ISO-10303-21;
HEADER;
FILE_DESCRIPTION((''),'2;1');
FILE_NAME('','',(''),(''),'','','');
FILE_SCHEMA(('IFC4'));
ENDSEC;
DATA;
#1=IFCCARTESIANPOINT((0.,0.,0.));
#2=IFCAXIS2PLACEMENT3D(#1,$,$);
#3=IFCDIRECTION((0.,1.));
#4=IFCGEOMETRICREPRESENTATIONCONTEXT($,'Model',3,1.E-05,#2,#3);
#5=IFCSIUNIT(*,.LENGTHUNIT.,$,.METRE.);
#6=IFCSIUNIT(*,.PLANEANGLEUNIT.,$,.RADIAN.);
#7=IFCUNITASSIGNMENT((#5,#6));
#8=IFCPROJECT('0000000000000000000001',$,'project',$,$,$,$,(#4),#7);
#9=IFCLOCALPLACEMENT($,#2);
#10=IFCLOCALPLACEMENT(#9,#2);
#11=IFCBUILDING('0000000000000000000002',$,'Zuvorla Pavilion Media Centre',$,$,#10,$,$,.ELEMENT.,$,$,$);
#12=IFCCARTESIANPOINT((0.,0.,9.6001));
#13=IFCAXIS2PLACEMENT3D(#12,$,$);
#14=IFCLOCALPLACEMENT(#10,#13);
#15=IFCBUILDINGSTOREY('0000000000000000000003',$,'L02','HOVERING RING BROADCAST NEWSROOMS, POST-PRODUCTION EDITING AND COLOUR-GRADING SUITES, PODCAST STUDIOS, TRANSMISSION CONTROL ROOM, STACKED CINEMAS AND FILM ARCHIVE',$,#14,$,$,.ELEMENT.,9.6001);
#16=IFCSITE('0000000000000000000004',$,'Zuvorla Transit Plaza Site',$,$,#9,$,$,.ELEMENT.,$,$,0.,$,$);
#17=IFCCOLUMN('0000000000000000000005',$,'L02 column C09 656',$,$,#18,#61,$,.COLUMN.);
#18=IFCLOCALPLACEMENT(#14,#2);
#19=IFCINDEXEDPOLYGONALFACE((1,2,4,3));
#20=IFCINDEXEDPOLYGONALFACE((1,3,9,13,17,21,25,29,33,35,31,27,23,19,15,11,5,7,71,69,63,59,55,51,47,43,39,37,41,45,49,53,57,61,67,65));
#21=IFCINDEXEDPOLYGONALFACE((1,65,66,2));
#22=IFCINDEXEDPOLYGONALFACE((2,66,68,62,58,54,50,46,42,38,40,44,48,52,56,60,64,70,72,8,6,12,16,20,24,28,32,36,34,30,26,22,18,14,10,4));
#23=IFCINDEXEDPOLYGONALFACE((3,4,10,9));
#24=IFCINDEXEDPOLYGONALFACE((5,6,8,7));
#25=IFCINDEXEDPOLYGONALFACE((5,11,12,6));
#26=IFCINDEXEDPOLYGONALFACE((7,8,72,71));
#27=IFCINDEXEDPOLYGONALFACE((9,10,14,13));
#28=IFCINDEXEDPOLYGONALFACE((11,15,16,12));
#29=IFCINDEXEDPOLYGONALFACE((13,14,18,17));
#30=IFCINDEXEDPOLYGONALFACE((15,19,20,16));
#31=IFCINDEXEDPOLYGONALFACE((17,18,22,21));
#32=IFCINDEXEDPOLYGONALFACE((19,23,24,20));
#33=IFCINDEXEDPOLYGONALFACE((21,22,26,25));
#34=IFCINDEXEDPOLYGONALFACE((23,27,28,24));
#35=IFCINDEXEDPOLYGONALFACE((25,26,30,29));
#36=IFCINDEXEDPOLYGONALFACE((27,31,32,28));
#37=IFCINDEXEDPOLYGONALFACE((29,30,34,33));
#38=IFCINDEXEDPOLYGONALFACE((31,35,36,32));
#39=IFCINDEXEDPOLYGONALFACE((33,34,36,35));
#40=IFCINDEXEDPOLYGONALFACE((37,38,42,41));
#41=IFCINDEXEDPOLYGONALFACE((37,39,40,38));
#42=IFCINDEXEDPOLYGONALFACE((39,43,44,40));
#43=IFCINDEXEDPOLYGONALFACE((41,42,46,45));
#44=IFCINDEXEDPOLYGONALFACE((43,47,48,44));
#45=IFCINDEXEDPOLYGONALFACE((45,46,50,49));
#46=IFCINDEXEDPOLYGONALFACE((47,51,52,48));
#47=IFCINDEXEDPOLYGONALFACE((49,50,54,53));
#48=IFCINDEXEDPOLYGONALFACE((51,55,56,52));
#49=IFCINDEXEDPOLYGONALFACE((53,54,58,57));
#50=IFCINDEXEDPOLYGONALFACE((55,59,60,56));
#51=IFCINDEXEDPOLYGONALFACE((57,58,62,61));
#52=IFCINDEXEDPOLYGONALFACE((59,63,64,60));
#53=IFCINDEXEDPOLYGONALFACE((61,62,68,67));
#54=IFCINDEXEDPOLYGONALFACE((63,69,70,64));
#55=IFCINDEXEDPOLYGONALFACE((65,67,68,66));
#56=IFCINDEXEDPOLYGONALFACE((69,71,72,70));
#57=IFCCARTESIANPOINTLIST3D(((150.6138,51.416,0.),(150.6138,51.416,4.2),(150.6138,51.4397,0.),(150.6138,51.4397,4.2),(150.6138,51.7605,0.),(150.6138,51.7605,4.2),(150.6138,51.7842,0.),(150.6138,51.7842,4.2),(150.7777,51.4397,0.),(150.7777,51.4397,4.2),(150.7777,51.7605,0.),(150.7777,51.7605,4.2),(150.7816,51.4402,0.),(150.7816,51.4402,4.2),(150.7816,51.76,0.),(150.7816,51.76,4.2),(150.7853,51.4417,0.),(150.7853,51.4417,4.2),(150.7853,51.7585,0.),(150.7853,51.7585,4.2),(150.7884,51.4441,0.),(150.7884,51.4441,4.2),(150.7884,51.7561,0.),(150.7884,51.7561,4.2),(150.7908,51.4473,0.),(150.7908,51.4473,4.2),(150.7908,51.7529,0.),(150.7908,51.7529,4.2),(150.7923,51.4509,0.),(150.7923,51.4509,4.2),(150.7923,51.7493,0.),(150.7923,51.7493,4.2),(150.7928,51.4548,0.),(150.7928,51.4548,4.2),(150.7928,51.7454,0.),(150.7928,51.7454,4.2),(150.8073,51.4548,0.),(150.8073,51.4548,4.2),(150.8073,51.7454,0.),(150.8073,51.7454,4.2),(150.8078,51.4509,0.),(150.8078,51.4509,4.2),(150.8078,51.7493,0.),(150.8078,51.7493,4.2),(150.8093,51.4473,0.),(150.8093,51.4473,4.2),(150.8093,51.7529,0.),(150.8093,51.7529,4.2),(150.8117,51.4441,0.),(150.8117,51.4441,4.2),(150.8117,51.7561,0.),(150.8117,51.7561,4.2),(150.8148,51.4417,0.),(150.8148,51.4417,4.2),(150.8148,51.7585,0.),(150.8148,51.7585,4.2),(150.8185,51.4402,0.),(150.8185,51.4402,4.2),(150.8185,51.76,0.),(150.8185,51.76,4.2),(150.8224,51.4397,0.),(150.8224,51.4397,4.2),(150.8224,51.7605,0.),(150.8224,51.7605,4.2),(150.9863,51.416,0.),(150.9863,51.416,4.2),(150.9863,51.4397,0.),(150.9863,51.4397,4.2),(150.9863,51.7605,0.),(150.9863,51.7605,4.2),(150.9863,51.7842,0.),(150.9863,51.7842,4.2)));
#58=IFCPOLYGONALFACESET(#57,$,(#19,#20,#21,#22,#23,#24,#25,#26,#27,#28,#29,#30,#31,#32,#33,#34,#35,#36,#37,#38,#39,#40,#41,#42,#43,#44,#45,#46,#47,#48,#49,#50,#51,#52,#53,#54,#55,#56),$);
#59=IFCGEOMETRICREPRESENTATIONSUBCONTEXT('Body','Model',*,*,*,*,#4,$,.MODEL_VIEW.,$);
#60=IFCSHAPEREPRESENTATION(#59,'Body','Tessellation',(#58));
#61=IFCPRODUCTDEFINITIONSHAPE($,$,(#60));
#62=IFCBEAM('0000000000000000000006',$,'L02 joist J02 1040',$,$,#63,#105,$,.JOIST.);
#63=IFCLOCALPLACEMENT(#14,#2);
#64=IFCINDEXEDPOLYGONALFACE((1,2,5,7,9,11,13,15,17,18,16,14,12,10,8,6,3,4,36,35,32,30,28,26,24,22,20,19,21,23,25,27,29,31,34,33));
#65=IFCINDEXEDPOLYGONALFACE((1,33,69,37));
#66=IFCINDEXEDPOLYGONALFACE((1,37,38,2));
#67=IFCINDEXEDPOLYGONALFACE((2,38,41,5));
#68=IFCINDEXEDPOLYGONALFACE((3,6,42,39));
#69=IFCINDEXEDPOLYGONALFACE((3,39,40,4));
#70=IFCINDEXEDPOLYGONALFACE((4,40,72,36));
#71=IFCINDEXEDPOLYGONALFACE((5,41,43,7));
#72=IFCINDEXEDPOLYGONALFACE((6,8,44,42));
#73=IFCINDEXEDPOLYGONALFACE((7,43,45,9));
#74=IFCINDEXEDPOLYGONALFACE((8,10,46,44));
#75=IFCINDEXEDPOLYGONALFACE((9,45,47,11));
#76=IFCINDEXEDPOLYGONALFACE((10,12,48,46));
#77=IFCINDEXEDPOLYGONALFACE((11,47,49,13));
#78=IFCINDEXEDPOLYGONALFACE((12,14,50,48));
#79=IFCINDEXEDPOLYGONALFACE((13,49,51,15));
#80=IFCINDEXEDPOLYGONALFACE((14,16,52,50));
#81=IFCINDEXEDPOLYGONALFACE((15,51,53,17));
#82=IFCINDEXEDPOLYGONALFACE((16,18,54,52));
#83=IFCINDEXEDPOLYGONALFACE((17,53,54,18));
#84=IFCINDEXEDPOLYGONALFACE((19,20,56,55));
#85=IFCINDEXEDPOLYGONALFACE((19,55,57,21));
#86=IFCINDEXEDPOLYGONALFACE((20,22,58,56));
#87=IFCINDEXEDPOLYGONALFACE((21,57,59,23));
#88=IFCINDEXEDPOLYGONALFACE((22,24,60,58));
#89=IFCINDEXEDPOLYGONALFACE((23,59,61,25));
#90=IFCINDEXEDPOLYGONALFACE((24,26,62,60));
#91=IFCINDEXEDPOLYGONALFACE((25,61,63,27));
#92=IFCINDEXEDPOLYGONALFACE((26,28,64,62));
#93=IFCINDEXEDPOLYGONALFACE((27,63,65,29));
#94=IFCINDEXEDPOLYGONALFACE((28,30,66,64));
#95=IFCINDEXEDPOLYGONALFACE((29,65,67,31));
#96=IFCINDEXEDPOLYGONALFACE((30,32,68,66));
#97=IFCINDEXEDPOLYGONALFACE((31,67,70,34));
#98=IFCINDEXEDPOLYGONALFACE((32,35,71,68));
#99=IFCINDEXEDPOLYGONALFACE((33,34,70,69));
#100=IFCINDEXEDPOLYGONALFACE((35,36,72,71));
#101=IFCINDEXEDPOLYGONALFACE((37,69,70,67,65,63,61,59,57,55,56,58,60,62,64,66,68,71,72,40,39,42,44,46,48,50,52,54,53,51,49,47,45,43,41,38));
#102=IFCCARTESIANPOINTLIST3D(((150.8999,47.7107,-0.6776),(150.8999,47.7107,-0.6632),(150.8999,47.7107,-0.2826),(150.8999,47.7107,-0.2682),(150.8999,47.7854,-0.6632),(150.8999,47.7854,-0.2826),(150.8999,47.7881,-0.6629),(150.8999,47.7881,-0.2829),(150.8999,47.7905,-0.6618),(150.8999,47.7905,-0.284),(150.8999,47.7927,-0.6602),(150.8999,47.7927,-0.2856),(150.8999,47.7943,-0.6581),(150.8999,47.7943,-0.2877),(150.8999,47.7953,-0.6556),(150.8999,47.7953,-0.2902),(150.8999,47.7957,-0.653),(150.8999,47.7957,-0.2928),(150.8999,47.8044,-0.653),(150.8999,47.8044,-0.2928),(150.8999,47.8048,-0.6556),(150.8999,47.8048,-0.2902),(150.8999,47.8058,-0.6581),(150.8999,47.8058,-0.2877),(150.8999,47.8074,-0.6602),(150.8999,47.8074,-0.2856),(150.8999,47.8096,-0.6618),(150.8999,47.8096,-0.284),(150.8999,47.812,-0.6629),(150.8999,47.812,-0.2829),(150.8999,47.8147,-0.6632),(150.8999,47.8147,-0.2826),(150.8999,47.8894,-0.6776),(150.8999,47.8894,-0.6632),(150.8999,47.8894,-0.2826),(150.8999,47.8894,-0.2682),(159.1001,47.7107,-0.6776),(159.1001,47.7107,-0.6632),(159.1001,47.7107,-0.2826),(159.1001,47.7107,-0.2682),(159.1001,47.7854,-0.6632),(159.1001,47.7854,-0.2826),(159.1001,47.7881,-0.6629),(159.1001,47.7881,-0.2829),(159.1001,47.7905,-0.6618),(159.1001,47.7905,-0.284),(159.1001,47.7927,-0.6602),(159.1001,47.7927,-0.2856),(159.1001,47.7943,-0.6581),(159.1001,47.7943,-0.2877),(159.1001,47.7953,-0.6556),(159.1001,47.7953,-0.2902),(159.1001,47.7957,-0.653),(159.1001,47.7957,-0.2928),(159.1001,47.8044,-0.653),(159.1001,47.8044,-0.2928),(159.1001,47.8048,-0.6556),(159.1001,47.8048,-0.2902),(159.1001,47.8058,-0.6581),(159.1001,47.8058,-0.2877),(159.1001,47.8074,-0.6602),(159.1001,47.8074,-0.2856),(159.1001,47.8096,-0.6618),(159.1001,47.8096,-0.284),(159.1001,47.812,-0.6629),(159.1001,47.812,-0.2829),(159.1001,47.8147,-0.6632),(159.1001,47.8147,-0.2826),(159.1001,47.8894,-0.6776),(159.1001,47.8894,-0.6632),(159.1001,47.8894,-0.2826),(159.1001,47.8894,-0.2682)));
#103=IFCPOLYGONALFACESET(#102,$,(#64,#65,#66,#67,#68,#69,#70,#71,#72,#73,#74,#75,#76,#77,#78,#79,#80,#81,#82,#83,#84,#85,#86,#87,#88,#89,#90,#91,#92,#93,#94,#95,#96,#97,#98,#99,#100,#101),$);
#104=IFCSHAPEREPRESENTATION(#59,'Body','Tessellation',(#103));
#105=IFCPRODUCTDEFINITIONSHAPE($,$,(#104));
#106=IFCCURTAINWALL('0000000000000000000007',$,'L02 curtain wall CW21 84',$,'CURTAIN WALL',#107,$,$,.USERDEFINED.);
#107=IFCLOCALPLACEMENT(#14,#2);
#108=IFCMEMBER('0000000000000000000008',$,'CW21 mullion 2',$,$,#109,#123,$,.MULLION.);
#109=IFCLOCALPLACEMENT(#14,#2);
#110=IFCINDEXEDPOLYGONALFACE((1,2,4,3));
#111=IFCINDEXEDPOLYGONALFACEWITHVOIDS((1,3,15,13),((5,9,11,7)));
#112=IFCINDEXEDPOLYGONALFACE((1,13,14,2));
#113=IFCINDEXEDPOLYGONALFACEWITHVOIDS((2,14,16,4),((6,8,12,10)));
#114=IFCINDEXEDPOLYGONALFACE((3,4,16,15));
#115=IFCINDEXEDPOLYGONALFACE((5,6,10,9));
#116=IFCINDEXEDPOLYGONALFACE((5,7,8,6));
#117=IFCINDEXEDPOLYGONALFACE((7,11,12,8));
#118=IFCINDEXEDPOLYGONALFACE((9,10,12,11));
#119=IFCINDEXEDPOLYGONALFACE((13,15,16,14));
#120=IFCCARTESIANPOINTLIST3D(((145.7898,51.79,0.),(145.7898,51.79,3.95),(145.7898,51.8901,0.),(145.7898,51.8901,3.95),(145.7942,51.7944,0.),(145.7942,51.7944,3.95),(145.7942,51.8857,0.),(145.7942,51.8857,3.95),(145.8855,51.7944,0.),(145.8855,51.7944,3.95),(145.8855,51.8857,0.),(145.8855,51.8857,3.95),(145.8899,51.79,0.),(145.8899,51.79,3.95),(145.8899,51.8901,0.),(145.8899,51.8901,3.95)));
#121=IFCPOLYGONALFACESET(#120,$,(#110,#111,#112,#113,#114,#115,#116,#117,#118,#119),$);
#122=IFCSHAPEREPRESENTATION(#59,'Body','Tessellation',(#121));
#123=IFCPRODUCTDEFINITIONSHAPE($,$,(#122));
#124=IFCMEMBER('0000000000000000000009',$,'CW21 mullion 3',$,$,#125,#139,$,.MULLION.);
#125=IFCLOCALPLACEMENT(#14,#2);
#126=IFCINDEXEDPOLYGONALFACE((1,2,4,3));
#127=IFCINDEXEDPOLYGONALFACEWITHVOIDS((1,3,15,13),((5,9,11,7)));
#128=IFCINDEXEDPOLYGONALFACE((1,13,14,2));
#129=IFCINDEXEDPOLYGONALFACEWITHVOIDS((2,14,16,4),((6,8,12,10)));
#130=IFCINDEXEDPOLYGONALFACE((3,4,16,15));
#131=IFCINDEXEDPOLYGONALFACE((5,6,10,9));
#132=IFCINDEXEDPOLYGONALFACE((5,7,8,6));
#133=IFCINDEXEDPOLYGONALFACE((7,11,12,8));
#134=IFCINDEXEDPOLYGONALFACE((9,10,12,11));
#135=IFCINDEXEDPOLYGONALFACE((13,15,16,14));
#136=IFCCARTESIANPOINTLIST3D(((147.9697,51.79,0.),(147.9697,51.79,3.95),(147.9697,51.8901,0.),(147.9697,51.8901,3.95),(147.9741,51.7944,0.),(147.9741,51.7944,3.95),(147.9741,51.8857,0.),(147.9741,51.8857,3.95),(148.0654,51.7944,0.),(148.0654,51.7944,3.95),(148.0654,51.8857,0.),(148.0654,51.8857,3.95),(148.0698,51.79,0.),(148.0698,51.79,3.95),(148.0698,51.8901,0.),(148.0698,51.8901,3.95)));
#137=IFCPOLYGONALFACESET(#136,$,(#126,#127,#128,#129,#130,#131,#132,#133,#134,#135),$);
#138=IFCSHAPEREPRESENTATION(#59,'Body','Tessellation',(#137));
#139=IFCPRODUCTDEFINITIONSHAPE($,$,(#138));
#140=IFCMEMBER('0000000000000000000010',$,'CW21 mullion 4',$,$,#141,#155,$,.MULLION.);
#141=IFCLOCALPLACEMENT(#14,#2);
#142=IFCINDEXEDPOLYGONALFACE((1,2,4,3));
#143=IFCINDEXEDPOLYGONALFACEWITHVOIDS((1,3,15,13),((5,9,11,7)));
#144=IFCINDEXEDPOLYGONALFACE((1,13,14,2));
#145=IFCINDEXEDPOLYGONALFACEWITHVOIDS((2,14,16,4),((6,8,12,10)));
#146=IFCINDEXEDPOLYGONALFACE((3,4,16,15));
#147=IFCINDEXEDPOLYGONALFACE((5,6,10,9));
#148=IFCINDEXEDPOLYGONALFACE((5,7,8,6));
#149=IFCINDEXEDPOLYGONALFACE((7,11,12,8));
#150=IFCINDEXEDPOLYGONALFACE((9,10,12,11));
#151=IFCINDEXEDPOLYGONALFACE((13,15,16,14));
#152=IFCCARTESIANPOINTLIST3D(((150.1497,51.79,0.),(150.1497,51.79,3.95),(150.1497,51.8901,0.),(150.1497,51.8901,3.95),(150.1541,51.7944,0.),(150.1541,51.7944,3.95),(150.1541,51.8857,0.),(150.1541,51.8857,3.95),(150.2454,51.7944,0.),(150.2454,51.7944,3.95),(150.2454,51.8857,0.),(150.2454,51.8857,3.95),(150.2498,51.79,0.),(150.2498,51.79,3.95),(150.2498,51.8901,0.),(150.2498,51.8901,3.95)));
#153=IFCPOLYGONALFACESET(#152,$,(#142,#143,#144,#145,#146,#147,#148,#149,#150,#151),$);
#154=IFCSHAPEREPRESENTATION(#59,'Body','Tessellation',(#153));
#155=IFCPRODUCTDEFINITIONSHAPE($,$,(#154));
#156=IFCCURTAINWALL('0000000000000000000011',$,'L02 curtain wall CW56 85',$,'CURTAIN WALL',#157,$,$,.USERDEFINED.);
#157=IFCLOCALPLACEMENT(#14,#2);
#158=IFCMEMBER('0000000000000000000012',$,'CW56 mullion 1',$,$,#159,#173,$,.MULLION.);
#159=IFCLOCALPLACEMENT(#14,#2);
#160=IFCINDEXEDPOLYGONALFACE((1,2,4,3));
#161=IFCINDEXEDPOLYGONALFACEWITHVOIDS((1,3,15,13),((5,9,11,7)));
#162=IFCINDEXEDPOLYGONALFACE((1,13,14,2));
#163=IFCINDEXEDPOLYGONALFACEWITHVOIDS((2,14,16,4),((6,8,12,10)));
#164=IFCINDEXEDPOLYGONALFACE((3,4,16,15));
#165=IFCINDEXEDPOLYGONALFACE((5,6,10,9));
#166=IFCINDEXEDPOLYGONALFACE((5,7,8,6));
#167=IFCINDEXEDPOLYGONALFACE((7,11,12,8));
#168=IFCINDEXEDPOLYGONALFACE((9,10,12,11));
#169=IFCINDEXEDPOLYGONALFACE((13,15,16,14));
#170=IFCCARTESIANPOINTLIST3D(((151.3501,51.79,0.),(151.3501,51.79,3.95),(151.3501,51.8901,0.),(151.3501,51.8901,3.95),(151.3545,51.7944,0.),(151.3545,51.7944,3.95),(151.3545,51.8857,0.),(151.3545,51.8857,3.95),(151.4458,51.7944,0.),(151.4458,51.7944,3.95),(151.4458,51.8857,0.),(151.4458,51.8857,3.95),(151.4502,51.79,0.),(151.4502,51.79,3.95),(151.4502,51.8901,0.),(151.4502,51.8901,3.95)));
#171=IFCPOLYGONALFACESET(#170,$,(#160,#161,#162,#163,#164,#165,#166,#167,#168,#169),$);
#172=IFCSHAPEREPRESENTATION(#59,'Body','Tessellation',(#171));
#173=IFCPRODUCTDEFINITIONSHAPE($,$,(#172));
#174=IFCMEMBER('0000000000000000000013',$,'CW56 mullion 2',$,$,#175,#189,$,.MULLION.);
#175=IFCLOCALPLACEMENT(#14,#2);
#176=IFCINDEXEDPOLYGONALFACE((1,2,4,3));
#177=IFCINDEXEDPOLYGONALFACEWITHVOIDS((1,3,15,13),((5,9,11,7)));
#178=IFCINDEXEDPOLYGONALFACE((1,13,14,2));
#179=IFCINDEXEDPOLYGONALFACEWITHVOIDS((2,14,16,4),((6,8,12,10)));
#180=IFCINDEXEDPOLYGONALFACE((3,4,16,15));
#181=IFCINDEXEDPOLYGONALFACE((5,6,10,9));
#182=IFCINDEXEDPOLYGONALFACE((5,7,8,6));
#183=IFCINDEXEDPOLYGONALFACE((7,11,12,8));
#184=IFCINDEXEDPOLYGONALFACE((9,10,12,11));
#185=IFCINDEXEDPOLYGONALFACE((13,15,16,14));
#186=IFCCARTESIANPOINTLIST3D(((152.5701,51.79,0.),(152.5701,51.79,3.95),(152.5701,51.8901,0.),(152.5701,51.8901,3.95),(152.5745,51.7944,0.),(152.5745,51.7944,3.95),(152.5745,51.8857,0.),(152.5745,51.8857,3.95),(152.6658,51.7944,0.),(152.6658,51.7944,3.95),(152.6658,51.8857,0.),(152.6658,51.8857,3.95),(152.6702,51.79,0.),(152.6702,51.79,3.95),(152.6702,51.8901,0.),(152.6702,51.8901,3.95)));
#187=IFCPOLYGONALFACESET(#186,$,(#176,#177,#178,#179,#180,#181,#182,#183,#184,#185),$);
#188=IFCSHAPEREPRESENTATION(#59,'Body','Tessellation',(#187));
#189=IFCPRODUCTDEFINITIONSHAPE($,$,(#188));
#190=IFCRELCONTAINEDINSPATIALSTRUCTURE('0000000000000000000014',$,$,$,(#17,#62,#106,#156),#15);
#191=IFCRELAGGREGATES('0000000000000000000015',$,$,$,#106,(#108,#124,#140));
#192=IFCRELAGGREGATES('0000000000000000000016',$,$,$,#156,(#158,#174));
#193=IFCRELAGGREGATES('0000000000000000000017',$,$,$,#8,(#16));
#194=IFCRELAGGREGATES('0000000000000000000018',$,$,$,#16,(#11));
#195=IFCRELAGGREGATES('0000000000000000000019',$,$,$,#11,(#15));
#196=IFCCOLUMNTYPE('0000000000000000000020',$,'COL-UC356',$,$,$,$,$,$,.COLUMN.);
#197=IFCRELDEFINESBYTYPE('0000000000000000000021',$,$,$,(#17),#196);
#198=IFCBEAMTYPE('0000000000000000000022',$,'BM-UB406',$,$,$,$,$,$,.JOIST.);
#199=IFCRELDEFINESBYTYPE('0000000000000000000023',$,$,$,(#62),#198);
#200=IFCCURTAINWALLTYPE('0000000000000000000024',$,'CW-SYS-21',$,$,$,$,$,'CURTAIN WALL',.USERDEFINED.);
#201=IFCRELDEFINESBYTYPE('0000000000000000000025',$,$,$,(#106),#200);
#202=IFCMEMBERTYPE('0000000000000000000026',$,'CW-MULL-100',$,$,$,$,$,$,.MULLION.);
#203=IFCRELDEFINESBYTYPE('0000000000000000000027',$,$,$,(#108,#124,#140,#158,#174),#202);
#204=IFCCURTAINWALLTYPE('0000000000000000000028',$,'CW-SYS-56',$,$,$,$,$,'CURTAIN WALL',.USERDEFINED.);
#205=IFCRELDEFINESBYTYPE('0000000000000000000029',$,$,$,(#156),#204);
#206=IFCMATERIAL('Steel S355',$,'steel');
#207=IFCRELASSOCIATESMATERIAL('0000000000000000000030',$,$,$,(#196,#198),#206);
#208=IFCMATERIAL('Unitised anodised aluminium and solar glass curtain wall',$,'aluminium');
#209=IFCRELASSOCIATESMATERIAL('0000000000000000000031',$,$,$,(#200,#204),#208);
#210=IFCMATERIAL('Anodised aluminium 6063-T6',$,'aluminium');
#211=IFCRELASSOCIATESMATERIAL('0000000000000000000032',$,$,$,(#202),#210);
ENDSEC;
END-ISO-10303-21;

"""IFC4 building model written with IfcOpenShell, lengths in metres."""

from ifc_helpers import new_model, si_unit, direction, frame, origin, origin_2d, place, context, subcontext, project, spatial, hollow_rectangle, i_section, extrude, material, material_profile, profile_set, type_object, element, aggregate, save


model = new_model("IFC4")

# Units and contexts
model_context = context("Model", 3, precision=1e-05, world=origin(), true_north=direction((0.0, 1.0)))
body_context = subcontext(model_context, "Body", "Model", "MODEL_VIEW")
ifc_project = project(units=[si_unit("LENGTHUNIT", "METRE"), si_unit("PLANEANGLEUNIT", "RADIAN")], contexts=[model_context])

# Site, building, storey
site_placement = place(None, origin())
site = spatial("IfcSite", under=ifc_project, at=site_placement, Name="Zuvorla Transit Plaza Site", CompositionType="ELEMENT", RefElevation=0.0)
building_placement = place(site_placement, origin())
building = spatial("IfcBuilding", under=site, at=building_placement, Name="Zuvorla Pavilion Media Centre", CompositionType="ELEMENT")
storey_placement = place(building_placement, frame((0.0, 0.0, 9.6001)))
storey = spatial("IfcBuildingStorey", under=building, at=storey_placement, Name="L02", Description="HOVERING RING BROADCAST NEWSROOMS, POST-PRODUCTION EDITING AND COLOUR-GRADING SUITES, PODCAST STUDIOS, TRANSMISSION CONTROL ROOM, STACKED CINEMAS AND FILM ARCHIVE", CompositionType="ELEMENT", Elevation=9.6001)

# Column
ifc_material_1 = material(Name="Steel S355", Category="steel")
ifc_material_profile_1 = material_profile(ifc_material_1, i_section(OverallWidth=0.3726, OverallDepth=0.3682, WebThickness=0.0144, FlangeThickness=0.0237, FilletRadius=0.0151, at=origin_2d()), Name="UC 356x368x177")
ifc_profile_set_1 = profile_set([ifc_material_profile_1], Name="Steel S355")
column_type = type_object("IfcColumnType", Name="COL-UC356", PredefinedType="COLUMN", material=ifc_profile_set_1)
column_placement = place(storey_placement, frame((150.8, 51.6001, 0.0), z_axis=(0.0, 0.0, 1.0), x_axis=(1.0, 0.0, 0.0)))
element("IfcColumn", 1, at=column_placement, inside=storey, type_object=column_type, Name="L02 column C09 656", PredefinedType="COLUMN", context=body_context, shape_type="SweptSolid", body=[
    extrude(i_section(OverallWidth=0.3726, OverallDepth=0.3682, WebThickness=0.0144, FlangeThickness=0.0237, FilletRadius=0.0151, at=origin_2d()), origin(), (0.0, 0.0, 1.0), 4.2),
])

# Beam
ifc_material_profile_2 = material_profile(ifc_material_1, i_section(OverallWidth=0.1787, OverallDepth=0.4094, WebThickness=0.0088, FlangeThickness=0.0144, FilletRadius=0.0103, at=origin_2d()), Name="UB 406x178x67")
ifc_profile_set_2 = profile_set([ifc_material_profile_2], Name="Steel S355")
beam_type = type_object("IfcBeamType", Name="BM-UB406", PredefinedType="JOIST", material=ifc_profile_set_2)
beam_placement = place(storey_placement, frame((150.8999, 47.8, -0.4729), z_axis=(1.0, 0.0, 0.0), x_axis=(0.0, 1.0, 0.0)))
element("IfcBeam", 2, at=beam_placement, inside=storey, type_object=beam_type, Name="L02 joist J02 1040", PredefinedType="JOIST", context=body_context, shape_type="SweptSolid", body=[
    extrude(i_section(OverallWidth=0.1787, OverallDepth=0.4094, WebThickness=0.0088, FlangeThickness=0.0144, FilletRadius=0.0103, at=origin_2d()), origin(), (0.0, 0.0, 1.0), 8.2002),
])

# Curtain walls, members
ifc_material_2 = material(Name="Unitised anodised aluminium and solar glass curtain wall", Category="aluminium")
curtain_wall_type_1 = type_object("IfcCurtainWallType", Name="CW-SYS-21", ElementType="CURTAIN WALL", PredefinedType="USERDEFINED", material=ifc_material_2)
curtain_wall_1_placement = place(storey_placement, origin())
curtain_wall_1 = element("IfcCurtainWall", 3, at=curtain_wall_1_placement, inside=storey, type_object=curtain_wall_type_1, Name="L02 curtain wall CW21 84", ObjectType="CURTAIN WALL", PredefinedType="USERDEFINED")
ifc_material_3 = material(Name="Anodised aluminium 6063-T6", Category="aluminium")
ifc_material_profile_3 = material_profile(ifc_material_3, hollow_rectangle(XDim=0.1001, YDim=0.1001, WallThickness=0.0044, at=origin_2d()), Name="ALU MULL 100x100")
ifc_profile_set_3 = profile_set([ifc_material_profile_3], Name="Anodised aluminium 6063-T6")
member_type_1 = type_object("IfcMemberType", Name="CW-MULL-100", PredefinedType="MULLION", material=ifc_profile_set_3)
member_1_placement = place(storey_placement, frame((145.8398, 51.8401, 0.0), z_axis=(0.0, 0.0, 1.0), x_axis=(1.0, 0.0, 0.0)))
member_1 = element("IfcMember", 4, at=member_1_placement, type_object=member_type_1, Name="CW21 mullion 2", PredefinedType="MULLION", context=body_context, shape_type="SweptSolid", body=[
    extrude(hollow_rectangle(XDim=0.1001, YDim=0.1001, WallThickness=0.0044, at=origin_2d()), origin(), (0.0, 0.0, 1.0), 3.95),
])
member_2_placement = place(storey_placement, frame((148.0198, 51.8401, 0.0), z_axis=(0.0, 0.0, 1.0), x_axis=(1.0, 0.0, 0.0)))
member_2 = element("IfcMember", 5, at=member_2_placement, type_object=member_type_1, Name="CW21 mullion 3", PredefinedType="MULLION", context=body_context, shape_type="SweptSolid", body=[
    extrude(hollow_rectangle(XDim=0.1001, YDim=0.1001, WallThickness=0.0044, at=origin_2d()), origin(), (0.0, 0.0, 1.0), 3.95),
])
member_3_placement = place(storey_placement, frame((150.1997, 51.8401, 0.0), z_axis=(0.0, 0.0, 1.0), x_axis=(1.0, 0.0, 0.0)))
member_3 = element("IfcMember", 6, at=member_3_placement, type_object=member_type_1, Name="CW21 mullion 4", PredefinedType="MULLION", context=body_context, shape_type="SweptSolid", body=[
    extrude(hollow_rectangle(XDim=0.1001, YDim=0.1001, WallThickness=0.0044, at=origin_2d()), origin(), (0.0, 0.0, 1.0), 3.95),
])
curtain_wall_type_2 = type_object("IfcCurtainWallType", Name="CW-SYS-56", ElementType="CURTAIN WALL", PredefinedType="USERDEFINED", material=ifc_material_2)
curtain_wall_2_placement = place(storey_placement, origin())
curtain_wall_2 = element("IfcCurtainWall", 7, at=curtain_wall_2_placement, inside=storey, type_object=curtain_wall_type_2, Name="L02 curtain wall CW56 85", ObjectType="CURTAIN WALL", PredefinedType="USERDEFINED")
member_4_placement = place(storey_placement, frame((151.4001, 51.8401, 0.0), z_axis=(0.0, 0.0, 1.0), x_axis=(1.0, 0.0, 0.0)))
member_4 = element("IfcMember", 8, at=member_4_placement, type_object=member_type_1, Name="CW56 mullion 1", PredefinedType="MULLION", context=body_context, shape_type="SweptSolid", body=[
    extrude(hollow_rectangle(XDim=0.1001, YDim=0.1001, WallThickness=0.0044, at=origin_2d()), origin(), (0.0, 0.0, 1.0), 3.95),
])
member_5_placement = place(storey_placement, frame((152.6201, 51.8401, 0.0), z_axis=(0.0, 0.0, 1.0), x_axis=(1.0, 0.0, 0.0)))
member_5 = element("IfcMember", 9, at=member_5_placement, type_object=member_type_1, Name="CW56 mullion 2", PredefinedType="MULLION", context=body_context, shape_type="SweptSolid", body=[
    extrude(hollow_rectangle(XDim=0.1001, YDim=0.1001, WallThickness=0.0044, at=origin_2d()), origin(), (0.0, 0.0, 1.0), 3.95),
])

aggregate(curtain_wall_1, [member_1, member_2, member_3])
aggregate(curtain_wall_2, [member_4, member_5])

save(model, "model.ifc")
